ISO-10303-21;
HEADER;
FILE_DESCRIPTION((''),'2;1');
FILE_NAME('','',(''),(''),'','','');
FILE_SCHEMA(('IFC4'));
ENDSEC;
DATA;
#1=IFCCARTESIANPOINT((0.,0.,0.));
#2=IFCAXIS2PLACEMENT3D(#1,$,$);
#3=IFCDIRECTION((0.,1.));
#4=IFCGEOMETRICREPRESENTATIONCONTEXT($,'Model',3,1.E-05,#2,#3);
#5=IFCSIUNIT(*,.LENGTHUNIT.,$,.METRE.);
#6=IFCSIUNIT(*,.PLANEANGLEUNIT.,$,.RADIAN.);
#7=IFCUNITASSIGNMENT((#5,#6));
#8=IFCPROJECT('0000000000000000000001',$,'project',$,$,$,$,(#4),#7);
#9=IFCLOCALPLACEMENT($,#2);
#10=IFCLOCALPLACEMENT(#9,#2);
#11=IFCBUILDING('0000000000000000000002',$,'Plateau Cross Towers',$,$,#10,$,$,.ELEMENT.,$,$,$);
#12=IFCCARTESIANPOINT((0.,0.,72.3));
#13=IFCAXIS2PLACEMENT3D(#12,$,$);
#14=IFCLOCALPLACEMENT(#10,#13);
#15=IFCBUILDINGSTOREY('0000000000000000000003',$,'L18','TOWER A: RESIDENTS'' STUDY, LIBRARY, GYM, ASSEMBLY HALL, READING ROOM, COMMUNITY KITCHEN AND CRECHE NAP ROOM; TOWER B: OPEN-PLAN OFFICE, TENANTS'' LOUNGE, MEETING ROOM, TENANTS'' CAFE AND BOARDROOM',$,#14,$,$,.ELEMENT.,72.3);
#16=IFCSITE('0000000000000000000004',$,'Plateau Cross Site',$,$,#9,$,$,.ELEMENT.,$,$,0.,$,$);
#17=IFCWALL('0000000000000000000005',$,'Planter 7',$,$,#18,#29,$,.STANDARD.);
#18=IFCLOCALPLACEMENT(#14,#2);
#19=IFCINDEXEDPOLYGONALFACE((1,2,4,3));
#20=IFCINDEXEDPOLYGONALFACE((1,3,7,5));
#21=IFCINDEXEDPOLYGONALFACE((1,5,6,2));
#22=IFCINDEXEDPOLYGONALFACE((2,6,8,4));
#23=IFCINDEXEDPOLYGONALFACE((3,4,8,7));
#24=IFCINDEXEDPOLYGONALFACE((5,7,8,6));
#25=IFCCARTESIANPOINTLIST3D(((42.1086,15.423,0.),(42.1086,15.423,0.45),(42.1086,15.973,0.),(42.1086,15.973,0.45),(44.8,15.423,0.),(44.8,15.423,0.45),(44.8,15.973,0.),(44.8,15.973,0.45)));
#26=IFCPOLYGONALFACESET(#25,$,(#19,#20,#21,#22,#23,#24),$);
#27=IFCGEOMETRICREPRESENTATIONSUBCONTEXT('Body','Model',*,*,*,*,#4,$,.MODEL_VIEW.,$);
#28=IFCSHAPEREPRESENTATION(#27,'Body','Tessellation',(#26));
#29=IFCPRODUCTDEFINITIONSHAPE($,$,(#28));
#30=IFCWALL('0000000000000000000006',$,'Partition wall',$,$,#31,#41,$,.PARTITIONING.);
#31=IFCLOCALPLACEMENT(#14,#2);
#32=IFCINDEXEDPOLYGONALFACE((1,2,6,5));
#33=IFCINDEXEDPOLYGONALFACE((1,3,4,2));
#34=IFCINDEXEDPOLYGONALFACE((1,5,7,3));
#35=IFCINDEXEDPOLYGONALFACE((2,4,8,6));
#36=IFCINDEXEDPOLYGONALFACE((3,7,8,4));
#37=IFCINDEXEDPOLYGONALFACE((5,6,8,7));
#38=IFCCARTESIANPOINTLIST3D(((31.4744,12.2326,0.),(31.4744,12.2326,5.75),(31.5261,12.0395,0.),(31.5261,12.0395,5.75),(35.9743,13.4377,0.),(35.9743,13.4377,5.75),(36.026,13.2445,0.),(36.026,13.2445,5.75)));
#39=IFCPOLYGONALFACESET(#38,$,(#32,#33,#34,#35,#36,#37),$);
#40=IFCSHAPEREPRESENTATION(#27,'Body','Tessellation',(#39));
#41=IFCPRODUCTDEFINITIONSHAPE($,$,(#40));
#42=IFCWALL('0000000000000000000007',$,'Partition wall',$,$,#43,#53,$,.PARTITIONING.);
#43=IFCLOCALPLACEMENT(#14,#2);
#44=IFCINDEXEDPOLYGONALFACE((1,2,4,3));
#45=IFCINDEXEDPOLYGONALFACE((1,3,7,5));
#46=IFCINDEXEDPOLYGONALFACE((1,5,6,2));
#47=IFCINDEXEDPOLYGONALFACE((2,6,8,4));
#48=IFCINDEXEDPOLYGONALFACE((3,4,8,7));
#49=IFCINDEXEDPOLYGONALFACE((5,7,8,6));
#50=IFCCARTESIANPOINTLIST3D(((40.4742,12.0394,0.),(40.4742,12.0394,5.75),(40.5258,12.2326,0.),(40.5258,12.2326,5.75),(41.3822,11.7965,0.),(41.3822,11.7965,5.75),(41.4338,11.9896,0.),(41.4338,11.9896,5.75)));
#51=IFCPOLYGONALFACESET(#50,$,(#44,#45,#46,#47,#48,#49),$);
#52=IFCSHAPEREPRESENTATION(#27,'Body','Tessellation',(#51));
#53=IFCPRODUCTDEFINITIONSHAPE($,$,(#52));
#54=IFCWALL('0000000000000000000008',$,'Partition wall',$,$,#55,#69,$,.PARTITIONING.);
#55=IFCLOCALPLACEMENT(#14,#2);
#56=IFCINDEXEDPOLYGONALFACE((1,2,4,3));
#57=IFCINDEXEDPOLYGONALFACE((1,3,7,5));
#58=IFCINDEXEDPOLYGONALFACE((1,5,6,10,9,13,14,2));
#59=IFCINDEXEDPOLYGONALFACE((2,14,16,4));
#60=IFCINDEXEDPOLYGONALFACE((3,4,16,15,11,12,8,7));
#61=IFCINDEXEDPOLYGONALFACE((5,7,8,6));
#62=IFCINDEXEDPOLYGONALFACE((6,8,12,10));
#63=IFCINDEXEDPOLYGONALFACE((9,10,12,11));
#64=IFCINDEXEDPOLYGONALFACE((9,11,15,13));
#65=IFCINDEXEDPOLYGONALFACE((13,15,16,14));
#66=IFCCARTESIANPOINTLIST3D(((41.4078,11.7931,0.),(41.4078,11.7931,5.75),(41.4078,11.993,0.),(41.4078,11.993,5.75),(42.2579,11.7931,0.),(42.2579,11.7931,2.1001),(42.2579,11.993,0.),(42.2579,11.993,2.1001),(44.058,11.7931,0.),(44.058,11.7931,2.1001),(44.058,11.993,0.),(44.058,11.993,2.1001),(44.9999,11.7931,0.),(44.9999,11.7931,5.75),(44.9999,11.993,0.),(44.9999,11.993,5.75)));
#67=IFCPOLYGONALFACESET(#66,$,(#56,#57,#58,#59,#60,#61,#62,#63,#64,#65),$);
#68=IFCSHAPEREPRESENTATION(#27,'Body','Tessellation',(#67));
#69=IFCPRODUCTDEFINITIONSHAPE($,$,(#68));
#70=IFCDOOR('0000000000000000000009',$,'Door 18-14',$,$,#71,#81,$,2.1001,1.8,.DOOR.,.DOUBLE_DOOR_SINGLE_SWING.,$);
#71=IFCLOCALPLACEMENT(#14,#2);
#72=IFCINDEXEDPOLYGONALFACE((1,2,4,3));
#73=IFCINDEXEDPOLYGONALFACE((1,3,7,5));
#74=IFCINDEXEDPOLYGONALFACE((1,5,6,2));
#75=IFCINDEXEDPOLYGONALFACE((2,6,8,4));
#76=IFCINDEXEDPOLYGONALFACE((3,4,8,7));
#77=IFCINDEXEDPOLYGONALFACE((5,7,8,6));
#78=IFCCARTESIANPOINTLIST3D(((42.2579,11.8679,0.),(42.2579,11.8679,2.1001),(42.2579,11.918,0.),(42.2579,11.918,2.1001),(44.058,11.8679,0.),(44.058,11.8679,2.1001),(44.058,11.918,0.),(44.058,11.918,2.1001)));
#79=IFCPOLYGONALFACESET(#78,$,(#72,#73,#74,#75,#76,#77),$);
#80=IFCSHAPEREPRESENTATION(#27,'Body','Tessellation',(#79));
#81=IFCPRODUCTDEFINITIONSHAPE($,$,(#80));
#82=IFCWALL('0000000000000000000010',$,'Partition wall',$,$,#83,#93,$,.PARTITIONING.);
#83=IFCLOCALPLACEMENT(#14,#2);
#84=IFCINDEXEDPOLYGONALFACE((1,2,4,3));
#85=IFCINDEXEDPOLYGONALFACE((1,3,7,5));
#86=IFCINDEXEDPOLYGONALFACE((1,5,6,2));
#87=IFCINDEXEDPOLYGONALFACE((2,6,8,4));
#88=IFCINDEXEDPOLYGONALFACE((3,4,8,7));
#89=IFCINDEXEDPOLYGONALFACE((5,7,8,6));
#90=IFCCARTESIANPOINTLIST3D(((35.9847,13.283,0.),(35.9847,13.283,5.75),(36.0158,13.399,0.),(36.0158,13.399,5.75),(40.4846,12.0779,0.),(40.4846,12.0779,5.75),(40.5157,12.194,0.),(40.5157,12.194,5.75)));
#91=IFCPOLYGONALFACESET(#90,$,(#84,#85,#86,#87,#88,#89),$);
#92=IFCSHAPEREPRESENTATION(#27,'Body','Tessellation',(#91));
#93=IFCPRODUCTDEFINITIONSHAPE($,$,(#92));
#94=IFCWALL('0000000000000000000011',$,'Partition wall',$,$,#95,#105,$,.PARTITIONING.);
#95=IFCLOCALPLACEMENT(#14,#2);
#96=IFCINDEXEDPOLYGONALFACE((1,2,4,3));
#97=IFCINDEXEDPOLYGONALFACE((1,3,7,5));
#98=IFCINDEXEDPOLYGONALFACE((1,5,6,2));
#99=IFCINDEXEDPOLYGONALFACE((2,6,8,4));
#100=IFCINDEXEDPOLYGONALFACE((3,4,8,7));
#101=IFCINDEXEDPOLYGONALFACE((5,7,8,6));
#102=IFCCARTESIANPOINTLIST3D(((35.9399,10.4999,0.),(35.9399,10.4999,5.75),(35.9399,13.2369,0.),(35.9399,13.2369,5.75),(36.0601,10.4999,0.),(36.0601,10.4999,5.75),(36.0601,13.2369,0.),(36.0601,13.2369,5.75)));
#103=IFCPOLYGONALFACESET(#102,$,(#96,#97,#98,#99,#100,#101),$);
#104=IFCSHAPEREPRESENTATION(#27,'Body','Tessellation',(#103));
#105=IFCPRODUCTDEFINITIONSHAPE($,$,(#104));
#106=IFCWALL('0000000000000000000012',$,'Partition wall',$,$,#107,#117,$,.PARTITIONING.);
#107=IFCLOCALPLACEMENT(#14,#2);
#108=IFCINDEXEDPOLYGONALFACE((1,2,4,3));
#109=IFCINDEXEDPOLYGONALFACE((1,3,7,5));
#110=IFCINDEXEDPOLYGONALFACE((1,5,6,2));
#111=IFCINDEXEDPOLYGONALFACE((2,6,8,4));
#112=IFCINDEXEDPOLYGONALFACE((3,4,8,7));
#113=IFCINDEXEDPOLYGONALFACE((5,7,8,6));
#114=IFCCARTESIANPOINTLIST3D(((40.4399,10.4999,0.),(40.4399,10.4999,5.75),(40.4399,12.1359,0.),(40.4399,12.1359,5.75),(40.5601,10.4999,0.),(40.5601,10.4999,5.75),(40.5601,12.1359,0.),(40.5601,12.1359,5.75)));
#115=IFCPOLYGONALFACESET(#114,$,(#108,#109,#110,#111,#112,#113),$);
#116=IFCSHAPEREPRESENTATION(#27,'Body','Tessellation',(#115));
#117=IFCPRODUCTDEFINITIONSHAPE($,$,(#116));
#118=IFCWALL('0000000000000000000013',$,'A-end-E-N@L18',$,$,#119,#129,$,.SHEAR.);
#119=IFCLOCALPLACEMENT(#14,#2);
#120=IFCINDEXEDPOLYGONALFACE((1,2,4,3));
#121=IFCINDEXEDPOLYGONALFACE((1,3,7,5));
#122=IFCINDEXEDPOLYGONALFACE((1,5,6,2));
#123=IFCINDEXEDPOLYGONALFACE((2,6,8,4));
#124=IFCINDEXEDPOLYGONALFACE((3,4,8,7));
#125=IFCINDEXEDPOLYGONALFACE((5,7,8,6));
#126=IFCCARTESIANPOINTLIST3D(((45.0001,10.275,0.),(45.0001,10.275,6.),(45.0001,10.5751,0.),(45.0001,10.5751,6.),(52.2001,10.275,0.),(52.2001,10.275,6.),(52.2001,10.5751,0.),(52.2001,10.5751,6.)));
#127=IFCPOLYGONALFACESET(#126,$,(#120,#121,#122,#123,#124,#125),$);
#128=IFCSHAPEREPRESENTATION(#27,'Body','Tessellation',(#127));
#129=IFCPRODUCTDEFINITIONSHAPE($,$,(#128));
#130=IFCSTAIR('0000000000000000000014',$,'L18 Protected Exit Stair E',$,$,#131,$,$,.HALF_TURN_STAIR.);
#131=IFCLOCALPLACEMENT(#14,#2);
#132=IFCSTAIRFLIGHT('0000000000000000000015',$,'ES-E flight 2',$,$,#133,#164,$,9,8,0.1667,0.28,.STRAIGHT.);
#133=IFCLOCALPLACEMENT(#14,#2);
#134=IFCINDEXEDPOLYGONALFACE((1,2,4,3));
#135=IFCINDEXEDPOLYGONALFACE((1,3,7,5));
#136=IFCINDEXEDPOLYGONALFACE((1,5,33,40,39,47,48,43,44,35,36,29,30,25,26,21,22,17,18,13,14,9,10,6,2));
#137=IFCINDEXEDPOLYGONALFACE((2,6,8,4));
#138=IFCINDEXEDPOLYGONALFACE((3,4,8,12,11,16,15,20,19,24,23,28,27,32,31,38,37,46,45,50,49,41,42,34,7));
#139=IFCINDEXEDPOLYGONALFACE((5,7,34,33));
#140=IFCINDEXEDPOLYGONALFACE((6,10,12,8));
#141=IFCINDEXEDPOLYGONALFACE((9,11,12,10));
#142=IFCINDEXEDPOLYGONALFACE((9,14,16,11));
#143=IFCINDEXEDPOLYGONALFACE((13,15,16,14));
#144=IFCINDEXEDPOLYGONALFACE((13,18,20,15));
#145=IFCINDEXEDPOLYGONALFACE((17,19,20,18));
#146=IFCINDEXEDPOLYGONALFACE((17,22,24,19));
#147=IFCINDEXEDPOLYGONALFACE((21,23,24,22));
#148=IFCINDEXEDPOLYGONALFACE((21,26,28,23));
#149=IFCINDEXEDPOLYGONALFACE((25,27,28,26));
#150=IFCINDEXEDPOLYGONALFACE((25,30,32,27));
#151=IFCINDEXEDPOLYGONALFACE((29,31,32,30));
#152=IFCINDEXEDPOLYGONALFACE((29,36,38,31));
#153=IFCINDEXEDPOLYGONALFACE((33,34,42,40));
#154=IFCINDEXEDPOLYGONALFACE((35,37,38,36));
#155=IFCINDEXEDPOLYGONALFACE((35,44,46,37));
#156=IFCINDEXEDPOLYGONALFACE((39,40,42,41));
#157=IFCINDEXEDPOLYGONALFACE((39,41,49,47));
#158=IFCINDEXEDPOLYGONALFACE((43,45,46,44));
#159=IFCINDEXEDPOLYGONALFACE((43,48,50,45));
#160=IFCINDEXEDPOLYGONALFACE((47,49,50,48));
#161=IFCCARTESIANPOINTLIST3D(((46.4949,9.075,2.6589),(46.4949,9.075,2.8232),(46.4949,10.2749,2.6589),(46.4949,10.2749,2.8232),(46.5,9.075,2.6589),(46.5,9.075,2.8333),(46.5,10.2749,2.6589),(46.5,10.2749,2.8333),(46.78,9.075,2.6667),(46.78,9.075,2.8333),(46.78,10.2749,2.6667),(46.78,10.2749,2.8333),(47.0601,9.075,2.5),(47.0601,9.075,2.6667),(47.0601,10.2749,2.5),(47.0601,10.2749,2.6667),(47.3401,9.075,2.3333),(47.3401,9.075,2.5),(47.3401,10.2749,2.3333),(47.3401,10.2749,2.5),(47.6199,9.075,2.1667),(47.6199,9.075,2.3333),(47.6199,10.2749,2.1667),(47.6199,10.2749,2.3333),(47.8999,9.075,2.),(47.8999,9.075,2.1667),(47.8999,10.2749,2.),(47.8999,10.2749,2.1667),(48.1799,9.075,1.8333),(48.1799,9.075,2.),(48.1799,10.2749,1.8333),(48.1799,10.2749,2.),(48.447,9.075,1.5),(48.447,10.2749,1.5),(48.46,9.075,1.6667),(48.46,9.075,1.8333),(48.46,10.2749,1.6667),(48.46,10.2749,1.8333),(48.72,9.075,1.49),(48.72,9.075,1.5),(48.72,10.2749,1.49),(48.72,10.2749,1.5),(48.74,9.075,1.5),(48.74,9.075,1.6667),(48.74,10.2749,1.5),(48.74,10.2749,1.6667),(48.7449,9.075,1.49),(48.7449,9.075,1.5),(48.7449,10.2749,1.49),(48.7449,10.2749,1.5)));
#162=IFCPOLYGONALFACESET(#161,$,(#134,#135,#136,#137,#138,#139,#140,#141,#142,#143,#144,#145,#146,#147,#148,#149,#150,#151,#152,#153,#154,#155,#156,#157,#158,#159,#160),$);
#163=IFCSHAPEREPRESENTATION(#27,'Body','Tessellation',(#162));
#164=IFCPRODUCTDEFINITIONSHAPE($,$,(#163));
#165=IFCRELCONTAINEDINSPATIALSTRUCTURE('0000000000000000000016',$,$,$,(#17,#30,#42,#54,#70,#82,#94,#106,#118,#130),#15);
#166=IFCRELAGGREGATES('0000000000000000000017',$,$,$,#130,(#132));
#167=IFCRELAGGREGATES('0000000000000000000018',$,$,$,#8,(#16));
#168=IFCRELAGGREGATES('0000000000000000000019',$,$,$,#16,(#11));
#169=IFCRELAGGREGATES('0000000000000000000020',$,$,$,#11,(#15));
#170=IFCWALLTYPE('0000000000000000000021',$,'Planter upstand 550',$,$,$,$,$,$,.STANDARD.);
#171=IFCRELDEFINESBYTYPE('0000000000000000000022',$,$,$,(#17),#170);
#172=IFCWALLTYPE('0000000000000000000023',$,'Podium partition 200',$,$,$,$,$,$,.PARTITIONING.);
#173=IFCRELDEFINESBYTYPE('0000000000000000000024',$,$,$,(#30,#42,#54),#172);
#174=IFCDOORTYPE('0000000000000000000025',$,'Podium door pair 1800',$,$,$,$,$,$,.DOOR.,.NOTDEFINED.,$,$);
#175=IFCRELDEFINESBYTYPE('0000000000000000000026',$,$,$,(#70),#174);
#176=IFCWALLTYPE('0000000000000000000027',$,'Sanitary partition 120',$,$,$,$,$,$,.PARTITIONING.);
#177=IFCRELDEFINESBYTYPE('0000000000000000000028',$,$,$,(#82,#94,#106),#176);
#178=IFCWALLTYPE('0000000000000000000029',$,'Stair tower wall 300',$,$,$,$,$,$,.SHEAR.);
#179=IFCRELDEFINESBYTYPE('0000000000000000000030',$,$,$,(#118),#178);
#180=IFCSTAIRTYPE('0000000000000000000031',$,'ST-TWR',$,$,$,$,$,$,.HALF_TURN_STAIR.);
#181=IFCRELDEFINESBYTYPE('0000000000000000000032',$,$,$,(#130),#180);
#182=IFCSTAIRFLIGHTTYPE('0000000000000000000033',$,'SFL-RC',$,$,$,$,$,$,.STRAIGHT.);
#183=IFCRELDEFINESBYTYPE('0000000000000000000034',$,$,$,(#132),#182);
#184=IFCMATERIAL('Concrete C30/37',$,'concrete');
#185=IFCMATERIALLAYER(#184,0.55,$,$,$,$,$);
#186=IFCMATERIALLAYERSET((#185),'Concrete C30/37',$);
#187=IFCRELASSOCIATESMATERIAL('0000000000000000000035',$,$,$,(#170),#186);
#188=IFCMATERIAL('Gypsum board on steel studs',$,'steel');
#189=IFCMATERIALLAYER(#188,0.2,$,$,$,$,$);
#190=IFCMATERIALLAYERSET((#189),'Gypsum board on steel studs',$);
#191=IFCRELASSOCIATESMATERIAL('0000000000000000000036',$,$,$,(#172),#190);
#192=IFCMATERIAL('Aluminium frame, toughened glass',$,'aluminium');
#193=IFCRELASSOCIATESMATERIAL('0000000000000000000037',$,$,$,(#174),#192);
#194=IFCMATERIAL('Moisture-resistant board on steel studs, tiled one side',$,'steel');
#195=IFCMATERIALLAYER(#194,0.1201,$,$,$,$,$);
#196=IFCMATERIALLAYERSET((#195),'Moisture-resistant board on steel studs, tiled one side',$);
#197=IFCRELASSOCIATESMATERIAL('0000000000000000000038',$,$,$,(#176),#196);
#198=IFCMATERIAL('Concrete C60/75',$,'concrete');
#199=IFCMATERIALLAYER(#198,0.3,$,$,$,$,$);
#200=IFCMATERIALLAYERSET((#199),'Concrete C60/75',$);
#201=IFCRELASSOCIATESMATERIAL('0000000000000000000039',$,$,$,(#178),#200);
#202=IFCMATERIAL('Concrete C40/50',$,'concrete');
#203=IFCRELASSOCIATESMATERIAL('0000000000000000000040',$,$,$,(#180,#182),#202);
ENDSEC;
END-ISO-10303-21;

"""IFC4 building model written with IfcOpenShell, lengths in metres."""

from ifc_helpers import new_model, si_unit, direction, frame, frame_2d, origin, place, context, subcontext, project, spatial, polyline, rectangle, outline, extrude, material, layer, layer_set, type_object, element, fill, aggregate, save


model = new_model("IFC4")

# Units and contexts
model_context = context("Model", 3, precision=1e-05, world=origin(), true_north=direction((0.0, 1.0)))
body_context = subcontext(model_context, "Body", "Model", "MODEL_VIEW")
ifc_project = project(units=[si_unit("LENGTHUNIT", "METRE"), si_unit("PLANEANGLEUNIT", "RADIAN")], contexts=[model_context])

# Site, building, storey
site_placement = place(None, origin())
site = spatial("IfcSite", under=ifc_project, at=site_placement, Name="Plateau Cross Site", CompositionType="ELEMENT", RefElevation=0.0)
building_placement = place(site_placement, origin())
building = spatial("IfcBuilding", under=site, at=building_placement, Name="Plateau Cross Towers", CompositionType="ELEMENT")
storey_placement = place(building_placement, frame((0.0, 0.0, 72.3)))
storey = spatial("IfcBuildingStorey", under=building, at=storey_placement, Name="L18", Description="TOWER A: RESIDENTS' STUDY, LIBRARY, GYM, ASSEMBLY HALL, READING ROOM, COMMUNITY KITCHEN AND CRECHE NAP ROOM; TOWER B: OPEN-PLAN OFFICE, TENANTS' LOUNGE, MEETING ROOM, TENANTS' CAFE AND BOARDROOM", CompositionType="ELEMENT", Elevation=72.3)

# Shared definitions
ifc_material_1 = material(Name="Concrete C60/75", Category="concrete")

# Walls
ifc_material_2 = material(Name="Concrete C30/37", Category="concrete")
ifc_layer_1 = layer(ifc_material_2, 0.55)
ifc_layer_set_1 = layer_set([ifc_layer_1], Name="Concrete C30/37")
wall_type_1 = type_object("IfcWallType", Name="Planter upstand 550", PredefinedType="STANDARD", material=ifc_layer_set_1)
wall_1_placement = place(storey_placement, frame((42.1086, 15.698, 0.0), z_axis=(0.0, 0.0, 1.0), x_axis=(1.0, 0.0, 0.0)))
element("IfcWall", 1, at=wall_1_placement, inside=storey, type_object=wall_type_1, Name="Planter 7", PredefinedType="STANDARD", context=body_context, shape_type="SweptSolid", body=[
    extrude(rectangle(XDim=2.6914, YDim=0.55, at=frame_2d((1.3457, 0.0))), origin(), (0.0, 0.0, 1.0), 0.45),
])
ifc_material_3 = material(Name="Gypsum board on steel studs", Category="steel")
ifc_layer_2 = layer(ifc_material_3, 0.2)
ifc_layer_set_2 = layer_set([ifc_layer_2], Name="Gypsum board on steel studs")
wall_type_2 = type_object("IfcWallType", Name="Podium partition 200", PredefinedType="PARTITIONING", material=ifc_layer_set_2)
wall_2_placement = place(storey_placement, frame((36.0, 13.3411, 0.0), z_axis=(0.0, 0.0, 1.0), x_axis=(-0.965963, -0.25868, 0.0)))
element("IfcWall", 2, at=wall_2_placement, inside=storey, type_object=wall_type_2, Name="Partition wall", PredefinedType="PARTITIONING", context=body_context, shape_type="SweptSolid", body=[
    extrude(rectangle(XDim=4.6584, YDim=0.2, at=frame_2d((2.3291, 0.0))), origin(), (0.0, 0.0, 1.0), 5.75),
])
wall_3_placement = place(storey_placement, frame((40.5, 12.136, 0.0), z_axis=(0.0, 0.0, 1.0), x_axis=(0.966023, -0.258455, 0.0)))
element("IfcWall", 3, at=wall_3_placement, inside=storey, type_object=wall_type_2, Name="Partition wall", PredefinedType="PARTITIONING", context=body_context, shape_type="SweptSolid", body=[
    extrude(rectangle(XDim=0.9399, YDim=0.2, at=frame_2d((0.47, 0.0))), origin(), (0.0, 0.0, 1.0), 5.75),
])

# Wall, opening, door
wall_4_placement = place(storey_placement, frame((41.408, 11.8931, 0.0), z_axis=(0.0, 0.0, 1.0), x_axis=(1.0, 0.0, 0.0)))
wall_4 = element("IfcWall", 4, at=wall_4_placement, inside=storey, type_object=wall_type_2, Name="Partition wall", PredefinedType="PARTITIONING", context=body_context, shape_type="SweptSolid", body=[
    extrude(rectangle(XDim=3.592, YDim=0.2, at=frame_2d((1.7959, 0.0))), origin(), (0.0, 0.0, 1.0), 5.75),
])
opening_placement = place(wall_4_placement, frame((0.8501, 0.0, 0.0)))
opening = element("IfcOpeningElement", 5, at=opening_placement, cuts=wall_4, PredefinedType="OPENING", context=body_context, shape_type="SweptSolid", body=[
    extrude(rectangle(XDim=1.8, YDim=2.1001, at=frame_2d((0.8999, 1.05))), frame((0.0, 0.1099, 0.0), z_axis=(0.0, -1.0, 0.0), x_axis=(1.0, 0.0, 0.0)), (0.0, 0.0, 1.0), 0.22),
])
ifc_material_4 = material(Name="Aluminium frame, toughened glass", Category="aluminium")
door_type = type_object("IfcDoorType", Name="Podium door pair 1800", OperationType="NOTDEFINED", PredefinedType="DOOR", material=ifc_material_4)
door_placement = place(opening_placement, origin())
door = element("IfcDoor", 6, at=door_placement, inside=storey, type_object=door_type, Name="Door 18-14", OperationType="DOUBLE_DOOR_SINGLE_SWING", OverallHeight=2.1001, OverallWidth=1.8, PredefinedType="DOOR", context=body_context, shape_type="SweptSolid", body=[
    extrude(rectangle(XDim=1.8, YDim=2.1001, at=frame_2d((0.8999, 1.05))), frame((0.0, 0.0249, 0.0), z_axis=(0.0, -1.0, 0.0), x_axis=(1.0, 0.0, 0.0)), (0.0, 0.0, 1.0), 0.05),
])
fill(opening, door)

# Walls
ifc_material_5 = material(Name="Moisture-resistant board on steel studs, tiled one side", Category="steel")
ifc_layer_3 = layer(ifc_material_5, 0.1201)
ifc_layer_set_3 = layer_set([ifc_layer_3], Name="Moisture-resistant board on steel studs, tiled one side")
wall_type_3 = type_object("IfcWallType", Name="Sanitary partition 120", PredefinedType="PARTITIONING", material=ifc_layer_set_3)
wall_5_placement = place(storey_placement, frame((40.5, 12.136, 0.0), z_axis=(0.0, 0.0, 1.0), x_axis=(-0.965963, 0.25868, 0.0)))
element("IfcWall", 7, at=wall_5_placement, inside=storey, type_object=wall_type_3, Name="Partition wall", PredefinedType="PARTITIONING", context=body_context, shape_type="SweptSolid", body=[
    extrude(rectangle(XDim=4.6584, YDim=0.1201, at=frame_2d((2.3291, 0.0))), origin(), (0.0, 0.0, 1.0), 5.75),
])
wall_6_placement = place(storey_placement, frame((36.0, 13.2371, 0.0), z_axis=(0.0, 0.0, 1.0), x_axis=(0.0, -1.0, 0.0)))
element("IfcWall", 8, at=wall_6_placement, inside=storey, type_object=wall_type_3, Name="Partition wall", PredefinedType="PARTITIONING", context=body_context, shape_type="SweptSolid", body=[
    extrude(rectangle(XDim=2.7371, YDim=0.1201, at=frame_2d((1.3687, 0.0))), origin(), (0.0, 0.0, 1.0), 5.75),
])
wall_7_placement = place(storey_placement, frame((40.5, 10.5, 0.0), z_axis=(0.0, 0.0, 1.0), x_axis=(0.0, 1.0, 0.0)))
element("IfcWall", 9, at=wall_7_placement, inside=storey, type_object=wall_type_3, Name="Partition wall", PredefinedType="PARTITIONING", context=body_context, shape_type="SweptSolid", body=[
    extrude(rectangle(XDim=1.636, YDim=0.1201, at=frame_2d((0.8179, 0.0))), origin(), (0.0, 0.0, 1.0), 5.75),
])
ifc_layer_4 = layer(ifc_material_1, 0.3)
ifc_layer_set_4 = layer_set([ifc_layer_4], Name="Concrete C60/75")
wall_type_4 = type_object("IfcWallType", Name="Stair tower wall 300", PredefinedType="SHEAR", material=ifc_layer_set_4)
wall_8_placement = place(storey_placement, frame((45.0, 10.425, 0.0), z_axis=(0.0, 0.0, 1.0), x_axis=(1.0, 0.0, 0.0)))
element("IfcWall", 10, at=wall_8_placement, inside=storey, type_object=wall_type_4, Name="A-end-E-N@L18", PredefinedType="SHEAR", context=body_context, shape_type="SweptSolid", body=[
    extrude(rectangle(XDim=7.2, YDim=0.3, at=frame_2d((3.6001, 0.0))), origin(), (0.0, 0.0, 1.0), 6.0),
])

# Stair, stair flight
ifc_material_6 = material(Name="Concrete C40/50", Category="concrete")
stair_type = type_object("IfcStairType", Name="ST-TWR", PredefinedType="HALF_TURN_STAIR", material=ifc_material_6)
stair_placement = place(storey_placement, origin())
stair = element("IfcStair", 11, at=stair_placement, inside=storey, type_object=stair_type, Name="L18 Protected Exit Stair E", PredefinedType="HALF_TURN_STAIR")
stair_flight_type = type_object("IfcStairFlightType", Name="SFL-RC", PredefinedType="STRAIGHT", material=ifc_material_6)
stair_flight_1_placement = place(storey_placement, frame((48.74, 9.675, 1.5), z_axis=(0.0, 0.0, 1.0), x_axis=(-1.0, 0.0, 0.0)))
stair_flight_1 = element("IfcStairFlight", 12, at=stair_flight_1_placement, type_object=stair_flight_type, Name="ES-E flight 2", NumberOfRisers=9, NumberOfTreads=8, PredefinedType="STRAIGHT", RiserHeight=0.1667, TreadLength=0.28, context=body_context, shape_type="SweptSolid", body=[
    extrude(outline(polyline([(-0.0049, -0.01), (-0.0049, 0.0), (0.0, 0.0), (0.0, 0.1667), (0.28, 0.1667), (0.28, 0.3333), (0.5601, 0.3333), (0.5601, 0.5), (0.8401, 0.5), (0.8401, 0.6667), (1.1201, 0.6667), (1.1201, 0.8333), (1.3999, 0.8333), (1.3999, 1.0), (1.6799, 1.0), (1.6799, 1.1667), (1.96, 1.1667), (1.96, 1.3333), (2.24, 1.3333), (2.2451, 1.3232), (2.2451, 1.1589), (2.24, 1.1589), (0.293, 0.0), (0.02, 0.0), (0.02, -0.01), (-0.0049, -0.01)])), frame((0.0, 0.6001, 0.0), z_axis=(0.0, -1.0, 0.0), x_axis=(1.0, 0.0, 0.0)), (0.0, 0.0, 1.0), 1.2),
])
aggregate(stair, [stair_flight_1])

save(model, "model.ifc")
